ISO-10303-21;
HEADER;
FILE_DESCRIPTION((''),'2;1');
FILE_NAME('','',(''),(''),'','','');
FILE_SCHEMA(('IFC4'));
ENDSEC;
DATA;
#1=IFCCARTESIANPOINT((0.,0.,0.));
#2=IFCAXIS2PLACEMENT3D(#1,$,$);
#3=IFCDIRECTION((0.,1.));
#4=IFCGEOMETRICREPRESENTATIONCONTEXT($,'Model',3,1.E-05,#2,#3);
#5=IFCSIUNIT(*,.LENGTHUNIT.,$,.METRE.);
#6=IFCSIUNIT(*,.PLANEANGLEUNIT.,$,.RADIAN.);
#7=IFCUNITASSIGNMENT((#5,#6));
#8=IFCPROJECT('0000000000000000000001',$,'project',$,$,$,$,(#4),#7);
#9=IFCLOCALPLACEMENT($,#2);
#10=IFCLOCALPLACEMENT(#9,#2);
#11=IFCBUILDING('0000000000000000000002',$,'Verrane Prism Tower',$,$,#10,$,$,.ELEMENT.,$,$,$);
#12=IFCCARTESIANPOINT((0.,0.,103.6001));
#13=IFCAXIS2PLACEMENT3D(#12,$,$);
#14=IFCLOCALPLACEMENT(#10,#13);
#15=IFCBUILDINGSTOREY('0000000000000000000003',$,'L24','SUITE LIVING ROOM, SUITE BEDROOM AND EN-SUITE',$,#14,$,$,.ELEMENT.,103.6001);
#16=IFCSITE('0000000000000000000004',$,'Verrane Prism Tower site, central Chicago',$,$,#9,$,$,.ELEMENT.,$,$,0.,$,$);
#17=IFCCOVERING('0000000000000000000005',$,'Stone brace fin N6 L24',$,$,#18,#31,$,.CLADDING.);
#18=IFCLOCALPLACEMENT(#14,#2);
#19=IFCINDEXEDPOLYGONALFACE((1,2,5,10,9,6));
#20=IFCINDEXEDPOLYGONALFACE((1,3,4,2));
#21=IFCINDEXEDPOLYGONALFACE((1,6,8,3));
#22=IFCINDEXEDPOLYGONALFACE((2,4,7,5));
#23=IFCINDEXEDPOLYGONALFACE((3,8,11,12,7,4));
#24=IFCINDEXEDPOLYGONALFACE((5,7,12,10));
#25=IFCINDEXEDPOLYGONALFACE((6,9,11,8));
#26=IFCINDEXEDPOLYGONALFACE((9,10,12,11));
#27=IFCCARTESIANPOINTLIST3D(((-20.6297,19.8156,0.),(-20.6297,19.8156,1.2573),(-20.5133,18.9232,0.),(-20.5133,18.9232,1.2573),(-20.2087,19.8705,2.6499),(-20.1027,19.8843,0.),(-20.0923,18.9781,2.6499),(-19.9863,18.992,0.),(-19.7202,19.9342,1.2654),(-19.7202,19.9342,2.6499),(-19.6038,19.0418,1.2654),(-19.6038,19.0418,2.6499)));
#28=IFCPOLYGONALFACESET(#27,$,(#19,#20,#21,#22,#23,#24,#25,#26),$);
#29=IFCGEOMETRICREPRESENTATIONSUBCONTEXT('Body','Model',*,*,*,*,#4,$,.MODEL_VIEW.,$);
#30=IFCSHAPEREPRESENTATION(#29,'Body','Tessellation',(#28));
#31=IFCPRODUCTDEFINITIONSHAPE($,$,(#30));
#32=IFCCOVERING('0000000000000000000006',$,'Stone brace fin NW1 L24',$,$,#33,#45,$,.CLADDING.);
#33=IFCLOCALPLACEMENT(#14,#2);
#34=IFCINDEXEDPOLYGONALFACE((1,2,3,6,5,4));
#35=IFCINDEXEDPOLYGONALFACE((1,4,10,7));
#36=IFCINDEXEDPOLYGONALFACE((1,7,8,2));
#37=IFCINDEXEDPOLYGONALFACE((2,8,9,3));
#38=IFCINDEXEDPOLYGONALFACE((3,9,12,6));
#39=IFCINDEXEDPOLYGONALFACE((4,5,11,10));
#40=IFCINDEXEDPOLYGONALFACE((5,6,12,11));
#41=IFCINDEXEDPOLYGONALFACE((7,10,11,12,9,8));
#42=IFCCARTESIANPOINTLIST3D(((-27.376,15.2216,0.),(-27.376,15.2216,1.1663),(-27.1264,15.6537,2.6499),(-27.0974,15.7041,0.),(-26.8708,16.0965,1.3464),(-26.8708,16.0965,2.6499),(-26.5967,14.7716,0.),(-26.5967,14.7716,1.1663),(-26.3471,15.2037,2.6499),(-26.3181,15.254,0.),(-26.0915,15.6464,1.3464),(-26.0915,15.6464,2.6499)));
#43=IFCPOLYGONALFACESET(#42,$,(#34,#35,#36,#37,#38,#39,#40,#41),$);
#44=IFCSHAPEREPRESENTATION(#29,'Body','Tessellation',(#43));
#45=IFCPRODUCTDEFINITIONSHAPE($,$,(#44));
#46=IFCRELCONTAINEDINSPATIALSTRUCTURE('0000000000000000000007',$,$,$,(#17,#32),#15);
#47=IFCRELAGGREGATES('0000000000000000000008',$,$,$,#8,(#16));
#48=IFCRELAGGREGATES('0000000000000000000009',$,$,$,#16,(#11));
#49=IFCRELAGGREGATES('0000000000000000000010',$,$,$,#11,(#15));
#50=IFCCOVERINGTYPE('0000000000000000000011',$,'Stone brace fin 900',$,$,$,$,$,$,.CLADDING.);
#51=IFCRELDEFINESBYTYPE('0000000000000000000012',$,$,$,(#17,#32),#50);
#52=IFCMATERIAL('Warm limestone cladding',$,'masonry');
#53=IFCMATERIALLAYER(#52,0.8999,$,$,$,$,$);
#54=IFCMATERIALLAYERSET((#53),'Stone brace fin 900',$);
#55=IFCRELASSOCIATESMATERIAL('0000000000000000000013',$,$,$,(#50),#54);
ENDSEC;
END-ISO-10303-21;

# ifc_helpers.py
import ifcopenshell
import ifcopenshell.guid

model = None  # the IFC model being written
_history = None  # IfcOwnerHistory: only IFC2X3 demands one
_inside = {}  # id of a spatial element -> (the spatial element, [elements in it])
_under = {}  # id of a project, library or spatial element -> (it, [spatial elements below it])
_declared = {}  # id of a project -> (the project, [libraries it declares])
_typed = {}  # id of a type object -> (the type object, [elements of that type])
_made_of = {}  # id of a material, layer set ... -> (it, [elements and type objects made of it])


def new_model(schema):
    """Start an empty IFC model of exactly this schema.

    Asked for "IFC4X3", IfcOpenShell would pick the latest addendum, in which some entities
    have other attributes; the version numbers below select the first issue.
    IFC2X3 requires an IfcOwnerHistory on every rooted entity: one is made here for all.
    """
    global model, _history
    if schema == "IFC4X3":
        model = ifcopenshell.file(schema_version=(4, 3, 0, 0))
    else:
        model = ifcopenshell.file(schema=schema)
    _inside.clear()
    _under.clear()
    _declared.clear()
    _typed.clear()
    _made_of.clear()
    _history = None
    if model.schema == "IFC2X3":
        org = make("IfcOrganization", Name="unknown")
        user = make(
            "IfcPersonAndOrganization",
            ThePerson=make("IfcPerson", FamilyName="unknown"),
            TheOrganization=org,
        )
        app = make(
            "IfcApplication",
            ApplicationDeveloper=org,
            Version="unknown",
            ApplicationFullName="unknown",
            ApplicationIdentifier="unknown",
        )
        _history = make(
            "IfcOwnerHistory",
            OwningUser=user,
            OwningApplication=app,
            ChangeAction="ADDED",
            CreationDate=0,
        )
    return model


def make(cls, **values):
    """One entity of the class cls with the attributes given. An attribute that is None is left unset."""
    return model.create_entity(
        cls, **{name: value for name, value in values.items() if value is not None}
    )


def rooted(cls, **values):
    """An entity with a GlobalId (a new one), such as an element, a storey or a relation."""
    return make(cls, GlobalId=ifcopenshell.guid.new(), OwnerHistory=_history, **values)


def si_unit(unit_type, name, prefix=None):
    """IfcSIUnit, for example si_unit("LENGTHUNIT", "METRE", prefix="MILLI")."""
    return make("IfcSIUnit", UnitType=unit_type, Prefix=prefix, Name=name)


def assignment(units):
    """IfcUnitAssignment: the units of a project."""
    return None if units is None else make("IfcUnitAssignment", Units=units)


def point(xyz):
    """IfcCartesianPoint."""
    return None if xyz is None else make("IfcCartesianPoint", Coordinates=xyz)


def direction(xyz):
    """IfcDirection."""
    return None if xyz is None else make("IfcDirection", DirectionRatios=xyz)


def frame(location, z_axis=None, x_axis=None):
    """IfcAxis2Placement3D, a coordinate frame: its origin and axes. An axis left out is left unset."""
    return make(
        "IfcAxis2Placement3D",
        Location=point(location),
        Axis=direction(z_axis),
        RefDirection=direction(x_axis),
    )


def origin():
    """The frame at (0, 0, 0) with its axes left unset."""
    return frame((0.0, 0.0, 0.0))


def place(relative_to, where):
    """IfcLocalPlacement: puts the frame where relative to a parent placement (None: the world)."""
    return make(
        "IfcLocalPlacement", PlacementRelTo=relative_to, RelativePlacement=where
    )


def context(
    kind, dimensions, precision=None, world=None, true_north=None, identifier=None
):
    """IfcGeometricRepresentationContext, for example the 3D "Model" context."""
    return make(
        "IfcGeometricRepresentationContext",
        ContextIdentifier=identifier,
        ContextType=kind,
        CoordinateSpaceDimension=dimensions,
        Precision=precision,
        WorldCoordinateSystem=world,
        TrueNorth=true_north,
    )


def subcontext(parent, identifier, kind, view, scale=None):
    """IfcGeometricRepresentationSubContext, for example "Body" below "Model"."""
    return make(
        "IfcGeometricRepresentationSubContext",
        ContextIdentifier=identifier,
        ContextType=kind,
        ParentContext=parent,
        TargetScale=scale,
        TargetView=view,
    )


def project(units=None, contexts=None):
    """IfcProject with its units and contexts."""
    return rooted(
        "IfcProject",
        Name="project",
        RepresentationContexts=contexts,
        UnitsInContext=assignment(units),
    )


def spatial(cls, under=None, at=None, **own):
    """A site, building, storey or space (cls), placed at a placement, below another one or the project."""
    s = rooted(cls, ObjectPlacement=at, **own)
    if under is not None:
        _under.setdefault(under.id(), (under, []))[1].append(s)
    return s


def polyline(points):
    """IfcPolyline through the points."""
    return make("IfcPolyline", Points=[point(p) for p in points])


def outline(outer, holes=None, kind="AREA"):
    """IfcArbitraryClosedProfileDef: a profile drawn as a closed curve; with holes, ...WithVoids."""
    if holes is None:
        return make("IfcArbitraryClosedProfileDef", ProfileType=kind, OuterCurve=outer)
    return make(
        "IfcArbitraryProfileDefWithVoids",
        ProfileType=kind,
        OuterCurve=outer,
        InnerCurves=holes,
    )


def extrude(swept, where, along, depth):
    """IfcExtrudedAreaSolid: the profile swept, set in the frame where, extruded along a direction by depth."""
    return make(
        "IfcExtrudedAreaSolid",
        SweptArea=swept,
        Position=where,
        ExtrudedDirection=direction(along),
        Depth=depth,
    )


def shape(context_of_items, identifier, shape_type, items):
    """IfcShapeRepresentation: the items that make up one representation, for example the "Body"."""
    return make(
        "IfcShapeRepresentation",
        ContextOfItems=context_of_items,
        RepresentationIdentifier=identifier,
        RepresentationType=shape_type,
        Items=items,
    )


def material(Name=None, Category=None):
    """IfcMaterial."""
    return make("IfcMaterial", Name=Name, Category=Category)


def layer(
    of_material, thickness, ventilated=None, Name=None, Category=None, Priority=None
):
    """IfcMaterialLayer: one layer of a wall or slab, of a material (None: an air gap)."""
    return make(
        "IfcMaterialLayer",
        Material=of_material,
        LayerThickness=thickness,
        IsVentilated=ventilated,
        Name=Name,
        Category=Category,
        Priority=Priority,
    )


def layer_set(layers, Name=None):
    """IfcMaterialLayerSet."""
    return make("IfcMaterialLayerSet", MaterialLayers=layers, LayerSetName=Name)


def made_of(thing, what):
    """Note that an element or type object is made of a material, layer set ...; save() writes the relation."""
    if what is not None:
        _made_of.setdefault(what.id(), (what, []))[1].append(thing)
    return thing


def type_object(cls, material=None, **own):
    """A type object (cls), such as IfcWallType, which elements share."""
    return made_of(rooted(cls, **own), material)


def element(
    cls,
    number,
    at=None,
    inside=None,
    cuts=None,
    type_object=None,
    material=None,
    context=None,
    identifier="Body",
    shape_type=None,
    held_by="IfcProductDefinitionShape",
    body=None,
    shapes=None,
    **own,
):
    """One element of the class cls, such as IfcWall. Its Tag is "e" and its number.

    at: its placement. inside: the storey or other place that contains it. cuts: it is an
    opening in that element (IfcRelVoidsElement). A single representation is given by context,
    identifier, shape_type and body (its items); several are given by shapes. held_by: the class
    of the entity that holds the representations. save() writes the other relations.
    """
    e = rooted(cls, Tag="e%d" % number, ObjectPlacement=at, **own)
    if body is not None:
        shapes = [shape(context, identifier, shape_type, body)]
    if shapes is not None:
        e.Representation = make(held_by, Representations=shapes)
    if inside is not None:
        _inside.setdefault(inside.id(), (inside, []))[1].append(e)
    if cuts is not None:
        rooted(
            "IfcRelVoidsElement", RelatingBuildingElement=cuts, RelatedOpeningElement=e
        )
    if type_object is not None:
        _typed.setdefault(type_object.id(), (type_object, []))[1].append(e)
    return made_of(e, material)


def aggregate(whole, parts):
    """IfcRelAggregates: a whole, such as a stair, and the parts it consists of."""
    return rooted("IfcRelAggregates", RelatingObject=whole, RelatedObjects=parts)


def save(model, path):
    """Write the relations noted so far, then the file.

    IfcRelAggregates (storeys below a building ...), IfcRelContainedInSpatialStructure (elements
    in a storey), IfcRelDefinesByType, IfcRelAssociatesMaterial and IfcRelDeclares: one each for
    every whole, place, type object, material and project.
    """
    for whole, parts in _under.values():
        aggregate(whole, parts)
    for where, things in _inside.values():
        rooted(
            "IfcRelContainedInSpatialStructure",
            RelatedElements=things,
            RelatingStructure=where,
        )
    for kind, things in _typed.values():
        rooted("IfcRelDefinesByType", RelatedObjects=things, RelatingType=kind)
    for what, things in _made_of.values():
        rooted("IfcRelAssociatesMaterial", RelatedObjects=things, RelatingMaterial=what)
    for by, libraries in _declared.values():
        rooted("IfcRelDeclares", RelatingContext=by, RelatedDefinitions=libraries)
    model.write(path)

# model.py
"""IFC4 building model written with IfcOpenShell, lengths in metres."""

from ifc_helpers import new_model, si_unit, direction, frame, origin, place, context, subcontext, project, spatial, polyline, outline, extrude, material, layer, layer_set, type_object, element, save


model = new_model("IFC4")

# Units and contexts
model_context = context("Model", 3, precision=1e-05, world=origin(), true_north=direction((0.0, 1.0)))
body_context = subcontext(model_context, "Body", "Model", "MODEL_VIEW")
ifc_project = project(units=[si_unit("LENGTHUNIT", "METRE"), si_unit("PLANEANGLEUNIT", "RADIAN")], contexts=[model_context])

# Site, building, storey
site_placement = place(None, origin())
site = spatial("IfcSite", under=ifc_project, at=site_placement, Name="Verrane Prism Tower site, central Chicago", CompositionType="ELEMENT", RefElevation=0.0)
building_placement = place(site_placement, origin())
building = spatial("IfcBuilding", under=site, at=building_placement, Name="Verrane Prism Tower", CompositionType="ELEMENT")
storey_placement = place(building_placement, frame((0.0, 0.0, 103.6001)))
storey = spatial("IfcBuildingStorey", under=building, at=storey_placement, Name="L24", Description="SUITE LIVING ROOM, SUITE BEDROOM AND EN-SUITE", CompositionType="ELEMENT", Elevation=103.6001)

# Coverings
ifc_material_1 = material(Name="Warm limestone cladding", Category="masonry")
ifc_layer_1 = layer(ifc_material_1, 0.8999)
ifc_layer_set_1 = layer_set([ifc_layer_1], Name="Stone brace fin 900")
covering_type = type_object("IfcCoveringType", Name="Stone brace fin 900", PredefinedType="CLADDING", material=ifc_layer_set_1)
covering_1_placement = place(storey_placement, frame((-20.5715, 19.3694, 0.0), z_axis=(0.0, 0.0, 1.0), x_axis=(0.9916, 0.129339, 0.0)))
element("IfcCovering", 1, at=covering_1_placement, inside=storey, type_object=covering_type, Name="Stone brace fin N6 L24", PredefinedType="CLADDING", context=body_context, shape_type="SweptSolid", body=[
    extrude(outline(polyline([(0.9172, 2.6499), (0.4246, 2.6499), (0.0, 1.2573), (0.0, 0.0), (0.5315, 0.0), (0.9172, 1.2654), (0.9172, 2.6499)])), frame((0.0, 0.45, 0.0), z_axis=(0.0, -1.0, 0.0), x_axis=(1.0, 0.0, 0.0)), (0.0, 0.0, 1.0), 0.8999),
])
covering_2_placement = place(storey_placement, frame((-26.9863, 14.9966, 0.0), z_axis=(0.0, 0.0, 1.0), x_axis=(0.500064, 0.865988, 0.0)))
element("IfcCovering", 2, at=covering_2_placement, inside=storey, type_object=covering_type, Name="Stone brace fin NW1 L24", PredefinedType="CLADDING", context=body_context, shape_type="SweptSolid", body=[
    extrude(outline(polyline([(1.0103, 2.6499), (0.499, 2.6499), (0.0, 1.1663), (0.0, 0.0), (0.5571, 0.0), (1.0103, 1.3464), (1.0103, 2.6499)])), frame((0.0, 0.45, 0.0), z_axis=(0.0, -1.0, 0.0), x_axis=(1.0, 0.0, 0.0)), (0.0, 0.0, 1.0), 0.8999),
])

save(model, "model.ifc")
